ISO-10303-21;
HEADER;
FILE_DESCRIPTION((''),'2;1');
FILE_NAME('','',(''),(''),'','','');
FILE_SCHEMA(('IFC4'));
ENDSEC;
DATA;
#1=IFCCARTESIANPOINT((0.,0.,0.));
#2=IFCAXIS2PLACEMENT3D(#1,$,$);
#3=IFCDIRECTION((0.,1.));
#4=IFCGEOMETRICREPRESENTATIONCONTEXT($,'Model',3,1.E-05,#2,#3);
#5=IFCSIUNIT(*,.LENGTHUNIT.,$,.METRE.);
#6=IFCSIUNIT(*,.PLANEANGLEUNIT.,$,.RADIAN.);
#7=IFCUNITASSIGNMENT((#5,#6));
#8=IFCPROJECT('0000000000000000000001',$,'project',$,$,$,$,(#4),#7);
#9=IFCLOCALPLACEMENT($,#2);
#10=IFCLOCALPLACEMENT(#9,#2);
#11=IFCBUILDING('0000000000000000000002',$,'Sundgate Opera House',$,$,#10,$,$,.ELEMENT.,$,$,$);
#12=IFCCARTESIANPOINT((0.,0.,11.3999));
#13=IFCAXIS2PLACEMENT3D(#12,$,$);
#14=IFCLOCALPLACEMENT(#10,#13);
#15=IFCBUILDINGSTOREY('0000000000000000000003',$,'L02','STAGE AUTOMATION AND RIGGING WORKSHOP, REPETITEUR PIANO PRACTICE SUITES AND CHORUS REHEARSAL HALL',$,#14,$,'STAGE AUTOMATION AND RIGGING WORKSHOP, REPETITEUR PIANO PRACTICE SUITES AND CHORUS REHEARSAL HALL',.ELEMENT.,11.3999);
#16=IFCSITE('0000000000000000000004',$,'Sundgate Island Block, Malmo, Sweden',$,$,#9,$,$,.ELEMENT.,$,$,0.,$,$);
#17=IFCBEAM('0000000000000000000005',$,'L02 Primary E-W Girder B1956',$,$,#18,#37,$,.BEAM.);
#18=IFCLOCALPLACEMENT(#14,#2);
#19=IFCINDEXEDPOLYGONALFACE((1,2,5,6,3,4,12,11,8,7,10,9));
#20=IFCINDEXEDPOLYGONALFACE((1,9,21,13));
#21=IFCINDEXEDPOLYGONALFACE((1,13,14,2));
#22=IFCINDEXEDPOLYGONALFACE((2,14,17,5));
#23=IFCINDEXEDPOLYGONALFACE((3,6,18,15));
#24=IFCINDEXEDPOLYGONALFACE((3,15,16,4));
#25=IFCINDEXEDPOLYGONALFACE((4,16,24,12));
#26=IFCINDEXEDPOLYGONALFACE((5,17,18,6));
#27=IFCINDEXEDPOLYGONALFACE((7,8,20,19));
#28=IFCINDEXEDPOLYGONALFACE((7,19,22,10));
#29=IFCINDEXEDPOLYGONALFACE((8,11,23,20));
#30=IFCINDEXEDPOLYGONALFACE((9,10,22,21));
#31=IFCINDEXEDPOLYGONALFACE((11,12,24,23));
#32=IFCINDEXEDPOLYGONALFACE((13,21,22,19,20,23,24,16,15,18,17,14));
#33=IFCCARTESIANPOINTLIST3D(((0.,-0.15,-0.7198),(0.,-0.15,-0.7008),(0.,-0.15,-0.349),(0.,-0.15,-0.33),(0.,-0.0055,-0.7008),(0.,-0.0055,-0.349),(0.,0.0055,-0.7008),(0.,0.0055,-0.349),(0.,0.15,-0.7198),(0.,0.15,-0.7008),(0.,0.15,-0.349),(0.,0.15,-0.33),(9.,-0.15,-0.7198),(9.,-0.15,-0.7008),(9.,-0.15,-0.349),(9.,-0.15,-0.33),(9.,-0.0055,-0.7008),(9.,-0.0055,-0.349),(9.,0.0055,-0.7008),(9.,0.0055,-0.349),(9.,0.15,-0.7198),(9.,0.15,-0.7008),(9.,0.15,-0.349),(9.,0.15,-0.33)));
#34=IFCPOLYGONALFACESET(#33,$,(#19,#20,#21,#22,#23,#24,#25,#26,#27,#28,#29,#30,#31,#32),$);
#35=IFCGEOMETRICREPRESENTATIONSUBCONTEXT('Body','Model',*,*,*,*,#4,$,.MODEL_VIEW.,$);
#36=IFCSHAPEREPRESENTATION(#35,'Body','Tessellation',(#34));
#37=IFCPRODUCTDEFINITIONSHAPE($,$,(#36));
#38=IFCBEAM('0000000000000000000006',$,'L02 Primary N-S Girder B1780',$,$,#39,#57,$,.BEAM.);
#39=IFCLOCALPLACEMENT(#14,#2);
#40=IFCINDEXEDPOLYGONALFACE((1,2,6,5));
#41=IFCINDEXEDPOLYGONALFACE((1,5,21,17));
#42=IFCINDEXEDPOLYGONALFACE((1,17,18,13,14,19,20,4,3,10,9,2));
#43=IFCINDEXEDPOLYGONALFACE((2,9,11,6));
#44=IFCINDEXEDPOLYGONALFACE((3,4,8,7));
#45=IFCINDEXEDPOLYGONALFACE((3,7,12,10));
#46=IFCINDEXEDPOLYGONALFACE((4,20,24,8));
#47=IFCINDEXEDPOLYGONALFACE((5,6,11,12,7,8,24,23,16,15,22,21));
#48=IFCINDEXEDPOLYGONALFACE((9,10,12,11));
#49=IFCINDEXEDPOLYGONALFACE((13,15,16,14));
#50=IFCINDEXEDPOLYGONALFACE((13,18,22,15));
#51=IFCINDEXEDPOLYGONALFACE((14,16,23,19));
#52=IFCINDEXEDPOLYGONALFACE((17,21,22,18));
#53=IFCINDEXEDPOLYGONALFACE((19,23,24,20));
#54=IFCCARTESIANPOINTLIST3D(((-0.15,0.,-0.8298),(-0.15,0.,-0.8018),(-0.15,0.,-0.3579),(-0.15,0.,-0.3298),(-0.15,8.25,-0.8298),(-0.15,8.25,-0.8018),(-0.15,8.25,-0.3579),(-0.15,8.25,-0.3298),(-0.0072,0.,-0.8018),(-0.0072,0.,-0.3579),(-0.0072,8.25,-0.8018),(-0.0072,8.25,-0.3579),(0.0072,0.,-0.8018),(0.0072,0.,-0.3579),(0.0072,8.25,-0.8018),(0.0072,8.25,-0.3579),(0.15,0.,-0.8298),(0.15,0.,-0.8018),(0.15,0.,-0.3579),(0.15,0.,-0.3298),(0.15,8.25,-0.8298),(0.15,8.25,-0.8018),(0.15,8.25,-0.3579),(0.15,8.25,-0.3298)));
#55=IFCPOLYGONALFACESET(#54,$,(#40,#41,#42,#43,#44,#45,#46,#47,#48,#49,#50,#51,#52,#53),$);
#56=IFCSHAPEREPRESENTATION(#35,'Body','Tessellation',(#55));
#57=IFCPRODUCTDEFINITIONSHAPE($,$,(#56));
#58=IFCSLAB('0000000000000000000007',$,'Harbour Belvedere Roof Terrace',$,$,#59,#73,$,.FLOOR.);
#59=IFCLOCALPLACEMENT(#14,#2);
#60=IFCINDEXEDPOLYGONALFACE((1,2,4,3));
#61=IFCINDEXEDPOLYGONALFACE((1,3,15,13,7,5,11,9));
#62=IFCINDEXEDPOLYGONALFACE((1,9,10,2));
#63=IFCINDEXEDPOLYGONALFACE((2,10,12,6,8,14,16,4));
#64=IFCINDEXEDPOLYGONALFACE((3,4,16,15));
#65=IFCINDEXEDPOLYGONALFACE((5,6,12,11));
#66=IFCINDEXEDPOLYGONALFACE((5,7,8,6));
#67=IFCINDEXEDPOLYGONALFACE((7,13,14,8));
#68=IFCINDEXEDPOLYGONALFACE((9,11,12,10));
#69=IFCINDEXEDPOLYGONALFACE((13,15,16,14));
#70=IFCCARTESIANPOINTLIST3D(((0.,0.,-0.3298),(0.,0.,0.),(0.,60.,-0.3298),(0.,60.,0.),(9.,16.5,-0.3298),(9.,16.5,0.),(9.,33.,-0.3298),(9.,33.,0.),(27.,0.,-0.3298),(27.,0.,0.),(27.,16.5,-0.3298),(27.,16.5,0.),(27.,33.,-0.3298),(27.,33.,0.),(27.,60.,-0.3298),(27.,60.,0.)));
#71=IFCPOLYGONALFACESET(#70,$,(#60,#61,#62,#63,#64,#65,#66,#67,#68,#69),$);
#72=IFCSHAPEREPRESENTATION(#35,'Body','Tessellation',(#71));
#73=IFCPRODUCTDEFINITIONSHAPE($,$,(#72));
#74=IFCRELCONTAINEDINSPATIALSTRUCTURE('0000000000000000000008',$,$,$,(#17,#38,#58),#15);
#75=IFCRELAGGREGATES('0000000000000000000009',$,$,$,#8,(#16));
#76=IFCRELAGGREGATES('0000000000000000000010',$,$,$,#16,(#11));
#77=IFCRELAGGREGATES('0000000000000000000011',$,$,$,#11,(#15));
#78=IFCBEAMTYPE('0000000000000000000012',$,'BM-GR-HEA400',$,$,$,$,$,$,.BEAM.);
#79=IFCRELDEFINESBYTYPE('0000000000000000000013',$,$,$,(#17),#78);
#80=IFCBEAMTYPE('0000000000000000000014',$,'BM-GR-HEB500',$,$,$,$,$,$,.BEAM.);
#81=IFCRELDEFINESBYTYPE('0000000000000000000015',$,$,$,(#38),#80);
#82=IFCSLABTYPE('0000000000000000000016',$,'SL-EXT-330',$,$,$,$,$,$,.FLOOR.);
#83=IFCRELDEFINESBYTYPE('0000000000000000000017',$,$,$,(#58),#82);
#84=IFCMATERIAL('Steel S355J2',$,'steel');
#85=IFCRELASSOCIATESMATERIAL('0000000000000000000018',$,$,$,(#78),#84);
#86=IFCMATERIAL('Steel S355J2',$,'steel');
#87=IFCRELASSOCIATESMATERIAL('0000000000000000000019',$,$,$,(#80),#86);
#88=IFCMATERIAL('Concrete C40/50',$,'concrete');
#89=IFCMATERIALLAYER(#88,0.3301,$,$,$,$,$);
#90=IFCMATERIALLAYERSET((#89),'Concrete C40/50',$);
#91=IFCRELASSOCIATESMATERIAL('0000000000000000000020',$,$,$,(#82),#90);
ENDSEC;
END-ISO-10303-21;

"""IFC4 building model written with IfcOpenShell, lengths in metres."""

from ifc_helpers import new_model, si_unit, direction, frame, origin, origin_2d, place, context, subcontext, project, spatial, polyline, i_section, outline, extrude, material, layer, layer_set, material_profile, profile_set, type_object, element, save


model = new_model("IFC4")

# Units and contexts
model_context = context("Model", 3, precision=1e-05, world=origin(), true_north=direction((0.0, 1.0)))
body_context = subcontext(model_context, "Body", "Model", "MODEL_VIEW")
ifc_project = project(units=[si_unit("LENGTHUNIT", "METRE"), si_unit("PLANEANGLEUNIT", "RADIAN")], contexts=[model_context])

# Site, building, storey
site_placement = place(None, origin())
site = spatial("IfcSite", under=ifc_project, at=site_placement, Name="Sundgate Island Block, Malmo, Sweden", CompositionType="ELEMENT", RefElevation=0.0)
building_placement = place(site_placement, origin())
building = spatial("IfcBuilding", under=site, at=building_placement, Name="Sundgate Opera House", CompositionType="ELEMENT")
storey_placement = place(building_placement, frame((0.0, 0.0, 11.3999)))
storey = spatial("IfcBuildingStorey", under=building, at=storey_placement, Name="L02", Description="STAGE AUTOMATION AND RIGGING WORKSHOP, REPETITEUR PIANO PRACTICE SUITES AND CHORUS REHEARSAL HALL", LongName="STAGE AUTOMATION AND RIGGING WORKSHOP, REPETITEUR PIANO PRACTICE SUITES AND CHORUS REHEARSAL HALL", CompositionType="ELEMENT", Elevation=11.3999)

# Beams
ifc_material_1 = material(Name="Steel S355J2", Category="steel")
ifc_material_profile_1 = material_profile(ifc_material_1, i_section(OverallWidth=0.3, OverallDepth=0.3899, WebThickness=0.011, FlangeThickness=0.019, at=origin_2d()), Name="HEA 400")
ifc_profile_set_1 = profile_set([ifc_material_profile_1], Name="Steel S355J2")
beam_type_1 = type_object("IfcBeamType", Name="BM-GR-HEA400", PredefinedType="BEAM", material=ifc_profile_set_1)
beam_1_placement = place(storey_placement, frame((0.0, 0.0, -0.5249), z_axis=(1.0, 0.0, 0.0), x_axis=(0.0, 1.0, 0.0)))
element("IfcBeam", 1, at=beam_1_placement, inside=storey, type_object=beam_type_1, Name="L02 Primary E-W Girder B1956", PredefinedType="BEAM", context=body_context, shape_type="SweptSolid", body=[
    extrude(i_section(OverallWidth=0.3, OverallDepth=0.3899, WebThickness=0.011, FlangeThickness=0.019, at=origin_2d()), origin(), (0.0, 0.0, 1.0), 9.0),
])
ifc_material_2 = material(Name="Steel S355J2", Category="steel")
ifc_material_profile_2 = material_profile(ifc_material_2, i_section(OverallWidth=0.3, OverallDepth=0.5, WebThickness=0.0144, FlangeThickness=0.0281, at=origin_2d()), Name="HEB 500")
ifc_profile_set_2 = profile_set([ifc_material_profile_2], Name="Steel S355J2")
beam_type_2 = type_object("IfcBeamType", Name="BM-GR-HEB500", PredefinedType="BEAM", material=ifc_profile_set_2)
beam_2_placement = place(storey_placement, frame((0.0, 0.0, -0.5798), z_axis=(0.0, 1.0, 0.0), x_axis=(-1.0, 0.0, 0.0)))
element("IfcBeam", 2, at=beam_2_placement, inside=storey, type_object=beam_type_2, Name="L02 Primary N-S Girder B1780", PredefinedType="BEAM", context=body_context, shape_type="SweptSolid", body=[
    extrude(i_section(OverallWidth=0.3, OverallDepth=0.5, WebThickness=0.0144, FlangeThickness=0.0281, at=origin_2d()), origin(), (0.0, 0.0, 1.0), 8.25),
])

# Slab
ifc_material_3 = material(Name="Concrete C40/50", Category="concrete")
ifc_layer_1 = layer(ifc_material_3, 0.3301)
ifc_layer_set_1 = layer_set([ifc_layer_1], Name="Concrete C40/50")
slab_type_1 = type_object("IfcSlabType", Name="SL-EXT-330", PredefinedType="FLOOR", material=ifc_layer_set_1)
slab_1_placement = place(storey_placement, frame((0.0, 0.0, -0.3298)))
element("IfcSlab", 3, at=slab_1_placement, inside=storey, type_object=slab_type_1, Name="Harbour Belvedere Roof Terrace", PredefinedType="FLOOR", context=body_context, shape_type="SweptSolid", body=[
    extrude(outline(polyline([(0.0, 0.0), (27.0, 0.0), (27.0, 16.5), (9.0, 16.5), (9.0, 33.0), (27.0, 33.0), (27.0, 60.0), (0.0, 60.0), (0.0, 0.0)])), origin(), (0.0, 0.0, 1.0), 0.3298),
])

save(model, "model.ifc")
